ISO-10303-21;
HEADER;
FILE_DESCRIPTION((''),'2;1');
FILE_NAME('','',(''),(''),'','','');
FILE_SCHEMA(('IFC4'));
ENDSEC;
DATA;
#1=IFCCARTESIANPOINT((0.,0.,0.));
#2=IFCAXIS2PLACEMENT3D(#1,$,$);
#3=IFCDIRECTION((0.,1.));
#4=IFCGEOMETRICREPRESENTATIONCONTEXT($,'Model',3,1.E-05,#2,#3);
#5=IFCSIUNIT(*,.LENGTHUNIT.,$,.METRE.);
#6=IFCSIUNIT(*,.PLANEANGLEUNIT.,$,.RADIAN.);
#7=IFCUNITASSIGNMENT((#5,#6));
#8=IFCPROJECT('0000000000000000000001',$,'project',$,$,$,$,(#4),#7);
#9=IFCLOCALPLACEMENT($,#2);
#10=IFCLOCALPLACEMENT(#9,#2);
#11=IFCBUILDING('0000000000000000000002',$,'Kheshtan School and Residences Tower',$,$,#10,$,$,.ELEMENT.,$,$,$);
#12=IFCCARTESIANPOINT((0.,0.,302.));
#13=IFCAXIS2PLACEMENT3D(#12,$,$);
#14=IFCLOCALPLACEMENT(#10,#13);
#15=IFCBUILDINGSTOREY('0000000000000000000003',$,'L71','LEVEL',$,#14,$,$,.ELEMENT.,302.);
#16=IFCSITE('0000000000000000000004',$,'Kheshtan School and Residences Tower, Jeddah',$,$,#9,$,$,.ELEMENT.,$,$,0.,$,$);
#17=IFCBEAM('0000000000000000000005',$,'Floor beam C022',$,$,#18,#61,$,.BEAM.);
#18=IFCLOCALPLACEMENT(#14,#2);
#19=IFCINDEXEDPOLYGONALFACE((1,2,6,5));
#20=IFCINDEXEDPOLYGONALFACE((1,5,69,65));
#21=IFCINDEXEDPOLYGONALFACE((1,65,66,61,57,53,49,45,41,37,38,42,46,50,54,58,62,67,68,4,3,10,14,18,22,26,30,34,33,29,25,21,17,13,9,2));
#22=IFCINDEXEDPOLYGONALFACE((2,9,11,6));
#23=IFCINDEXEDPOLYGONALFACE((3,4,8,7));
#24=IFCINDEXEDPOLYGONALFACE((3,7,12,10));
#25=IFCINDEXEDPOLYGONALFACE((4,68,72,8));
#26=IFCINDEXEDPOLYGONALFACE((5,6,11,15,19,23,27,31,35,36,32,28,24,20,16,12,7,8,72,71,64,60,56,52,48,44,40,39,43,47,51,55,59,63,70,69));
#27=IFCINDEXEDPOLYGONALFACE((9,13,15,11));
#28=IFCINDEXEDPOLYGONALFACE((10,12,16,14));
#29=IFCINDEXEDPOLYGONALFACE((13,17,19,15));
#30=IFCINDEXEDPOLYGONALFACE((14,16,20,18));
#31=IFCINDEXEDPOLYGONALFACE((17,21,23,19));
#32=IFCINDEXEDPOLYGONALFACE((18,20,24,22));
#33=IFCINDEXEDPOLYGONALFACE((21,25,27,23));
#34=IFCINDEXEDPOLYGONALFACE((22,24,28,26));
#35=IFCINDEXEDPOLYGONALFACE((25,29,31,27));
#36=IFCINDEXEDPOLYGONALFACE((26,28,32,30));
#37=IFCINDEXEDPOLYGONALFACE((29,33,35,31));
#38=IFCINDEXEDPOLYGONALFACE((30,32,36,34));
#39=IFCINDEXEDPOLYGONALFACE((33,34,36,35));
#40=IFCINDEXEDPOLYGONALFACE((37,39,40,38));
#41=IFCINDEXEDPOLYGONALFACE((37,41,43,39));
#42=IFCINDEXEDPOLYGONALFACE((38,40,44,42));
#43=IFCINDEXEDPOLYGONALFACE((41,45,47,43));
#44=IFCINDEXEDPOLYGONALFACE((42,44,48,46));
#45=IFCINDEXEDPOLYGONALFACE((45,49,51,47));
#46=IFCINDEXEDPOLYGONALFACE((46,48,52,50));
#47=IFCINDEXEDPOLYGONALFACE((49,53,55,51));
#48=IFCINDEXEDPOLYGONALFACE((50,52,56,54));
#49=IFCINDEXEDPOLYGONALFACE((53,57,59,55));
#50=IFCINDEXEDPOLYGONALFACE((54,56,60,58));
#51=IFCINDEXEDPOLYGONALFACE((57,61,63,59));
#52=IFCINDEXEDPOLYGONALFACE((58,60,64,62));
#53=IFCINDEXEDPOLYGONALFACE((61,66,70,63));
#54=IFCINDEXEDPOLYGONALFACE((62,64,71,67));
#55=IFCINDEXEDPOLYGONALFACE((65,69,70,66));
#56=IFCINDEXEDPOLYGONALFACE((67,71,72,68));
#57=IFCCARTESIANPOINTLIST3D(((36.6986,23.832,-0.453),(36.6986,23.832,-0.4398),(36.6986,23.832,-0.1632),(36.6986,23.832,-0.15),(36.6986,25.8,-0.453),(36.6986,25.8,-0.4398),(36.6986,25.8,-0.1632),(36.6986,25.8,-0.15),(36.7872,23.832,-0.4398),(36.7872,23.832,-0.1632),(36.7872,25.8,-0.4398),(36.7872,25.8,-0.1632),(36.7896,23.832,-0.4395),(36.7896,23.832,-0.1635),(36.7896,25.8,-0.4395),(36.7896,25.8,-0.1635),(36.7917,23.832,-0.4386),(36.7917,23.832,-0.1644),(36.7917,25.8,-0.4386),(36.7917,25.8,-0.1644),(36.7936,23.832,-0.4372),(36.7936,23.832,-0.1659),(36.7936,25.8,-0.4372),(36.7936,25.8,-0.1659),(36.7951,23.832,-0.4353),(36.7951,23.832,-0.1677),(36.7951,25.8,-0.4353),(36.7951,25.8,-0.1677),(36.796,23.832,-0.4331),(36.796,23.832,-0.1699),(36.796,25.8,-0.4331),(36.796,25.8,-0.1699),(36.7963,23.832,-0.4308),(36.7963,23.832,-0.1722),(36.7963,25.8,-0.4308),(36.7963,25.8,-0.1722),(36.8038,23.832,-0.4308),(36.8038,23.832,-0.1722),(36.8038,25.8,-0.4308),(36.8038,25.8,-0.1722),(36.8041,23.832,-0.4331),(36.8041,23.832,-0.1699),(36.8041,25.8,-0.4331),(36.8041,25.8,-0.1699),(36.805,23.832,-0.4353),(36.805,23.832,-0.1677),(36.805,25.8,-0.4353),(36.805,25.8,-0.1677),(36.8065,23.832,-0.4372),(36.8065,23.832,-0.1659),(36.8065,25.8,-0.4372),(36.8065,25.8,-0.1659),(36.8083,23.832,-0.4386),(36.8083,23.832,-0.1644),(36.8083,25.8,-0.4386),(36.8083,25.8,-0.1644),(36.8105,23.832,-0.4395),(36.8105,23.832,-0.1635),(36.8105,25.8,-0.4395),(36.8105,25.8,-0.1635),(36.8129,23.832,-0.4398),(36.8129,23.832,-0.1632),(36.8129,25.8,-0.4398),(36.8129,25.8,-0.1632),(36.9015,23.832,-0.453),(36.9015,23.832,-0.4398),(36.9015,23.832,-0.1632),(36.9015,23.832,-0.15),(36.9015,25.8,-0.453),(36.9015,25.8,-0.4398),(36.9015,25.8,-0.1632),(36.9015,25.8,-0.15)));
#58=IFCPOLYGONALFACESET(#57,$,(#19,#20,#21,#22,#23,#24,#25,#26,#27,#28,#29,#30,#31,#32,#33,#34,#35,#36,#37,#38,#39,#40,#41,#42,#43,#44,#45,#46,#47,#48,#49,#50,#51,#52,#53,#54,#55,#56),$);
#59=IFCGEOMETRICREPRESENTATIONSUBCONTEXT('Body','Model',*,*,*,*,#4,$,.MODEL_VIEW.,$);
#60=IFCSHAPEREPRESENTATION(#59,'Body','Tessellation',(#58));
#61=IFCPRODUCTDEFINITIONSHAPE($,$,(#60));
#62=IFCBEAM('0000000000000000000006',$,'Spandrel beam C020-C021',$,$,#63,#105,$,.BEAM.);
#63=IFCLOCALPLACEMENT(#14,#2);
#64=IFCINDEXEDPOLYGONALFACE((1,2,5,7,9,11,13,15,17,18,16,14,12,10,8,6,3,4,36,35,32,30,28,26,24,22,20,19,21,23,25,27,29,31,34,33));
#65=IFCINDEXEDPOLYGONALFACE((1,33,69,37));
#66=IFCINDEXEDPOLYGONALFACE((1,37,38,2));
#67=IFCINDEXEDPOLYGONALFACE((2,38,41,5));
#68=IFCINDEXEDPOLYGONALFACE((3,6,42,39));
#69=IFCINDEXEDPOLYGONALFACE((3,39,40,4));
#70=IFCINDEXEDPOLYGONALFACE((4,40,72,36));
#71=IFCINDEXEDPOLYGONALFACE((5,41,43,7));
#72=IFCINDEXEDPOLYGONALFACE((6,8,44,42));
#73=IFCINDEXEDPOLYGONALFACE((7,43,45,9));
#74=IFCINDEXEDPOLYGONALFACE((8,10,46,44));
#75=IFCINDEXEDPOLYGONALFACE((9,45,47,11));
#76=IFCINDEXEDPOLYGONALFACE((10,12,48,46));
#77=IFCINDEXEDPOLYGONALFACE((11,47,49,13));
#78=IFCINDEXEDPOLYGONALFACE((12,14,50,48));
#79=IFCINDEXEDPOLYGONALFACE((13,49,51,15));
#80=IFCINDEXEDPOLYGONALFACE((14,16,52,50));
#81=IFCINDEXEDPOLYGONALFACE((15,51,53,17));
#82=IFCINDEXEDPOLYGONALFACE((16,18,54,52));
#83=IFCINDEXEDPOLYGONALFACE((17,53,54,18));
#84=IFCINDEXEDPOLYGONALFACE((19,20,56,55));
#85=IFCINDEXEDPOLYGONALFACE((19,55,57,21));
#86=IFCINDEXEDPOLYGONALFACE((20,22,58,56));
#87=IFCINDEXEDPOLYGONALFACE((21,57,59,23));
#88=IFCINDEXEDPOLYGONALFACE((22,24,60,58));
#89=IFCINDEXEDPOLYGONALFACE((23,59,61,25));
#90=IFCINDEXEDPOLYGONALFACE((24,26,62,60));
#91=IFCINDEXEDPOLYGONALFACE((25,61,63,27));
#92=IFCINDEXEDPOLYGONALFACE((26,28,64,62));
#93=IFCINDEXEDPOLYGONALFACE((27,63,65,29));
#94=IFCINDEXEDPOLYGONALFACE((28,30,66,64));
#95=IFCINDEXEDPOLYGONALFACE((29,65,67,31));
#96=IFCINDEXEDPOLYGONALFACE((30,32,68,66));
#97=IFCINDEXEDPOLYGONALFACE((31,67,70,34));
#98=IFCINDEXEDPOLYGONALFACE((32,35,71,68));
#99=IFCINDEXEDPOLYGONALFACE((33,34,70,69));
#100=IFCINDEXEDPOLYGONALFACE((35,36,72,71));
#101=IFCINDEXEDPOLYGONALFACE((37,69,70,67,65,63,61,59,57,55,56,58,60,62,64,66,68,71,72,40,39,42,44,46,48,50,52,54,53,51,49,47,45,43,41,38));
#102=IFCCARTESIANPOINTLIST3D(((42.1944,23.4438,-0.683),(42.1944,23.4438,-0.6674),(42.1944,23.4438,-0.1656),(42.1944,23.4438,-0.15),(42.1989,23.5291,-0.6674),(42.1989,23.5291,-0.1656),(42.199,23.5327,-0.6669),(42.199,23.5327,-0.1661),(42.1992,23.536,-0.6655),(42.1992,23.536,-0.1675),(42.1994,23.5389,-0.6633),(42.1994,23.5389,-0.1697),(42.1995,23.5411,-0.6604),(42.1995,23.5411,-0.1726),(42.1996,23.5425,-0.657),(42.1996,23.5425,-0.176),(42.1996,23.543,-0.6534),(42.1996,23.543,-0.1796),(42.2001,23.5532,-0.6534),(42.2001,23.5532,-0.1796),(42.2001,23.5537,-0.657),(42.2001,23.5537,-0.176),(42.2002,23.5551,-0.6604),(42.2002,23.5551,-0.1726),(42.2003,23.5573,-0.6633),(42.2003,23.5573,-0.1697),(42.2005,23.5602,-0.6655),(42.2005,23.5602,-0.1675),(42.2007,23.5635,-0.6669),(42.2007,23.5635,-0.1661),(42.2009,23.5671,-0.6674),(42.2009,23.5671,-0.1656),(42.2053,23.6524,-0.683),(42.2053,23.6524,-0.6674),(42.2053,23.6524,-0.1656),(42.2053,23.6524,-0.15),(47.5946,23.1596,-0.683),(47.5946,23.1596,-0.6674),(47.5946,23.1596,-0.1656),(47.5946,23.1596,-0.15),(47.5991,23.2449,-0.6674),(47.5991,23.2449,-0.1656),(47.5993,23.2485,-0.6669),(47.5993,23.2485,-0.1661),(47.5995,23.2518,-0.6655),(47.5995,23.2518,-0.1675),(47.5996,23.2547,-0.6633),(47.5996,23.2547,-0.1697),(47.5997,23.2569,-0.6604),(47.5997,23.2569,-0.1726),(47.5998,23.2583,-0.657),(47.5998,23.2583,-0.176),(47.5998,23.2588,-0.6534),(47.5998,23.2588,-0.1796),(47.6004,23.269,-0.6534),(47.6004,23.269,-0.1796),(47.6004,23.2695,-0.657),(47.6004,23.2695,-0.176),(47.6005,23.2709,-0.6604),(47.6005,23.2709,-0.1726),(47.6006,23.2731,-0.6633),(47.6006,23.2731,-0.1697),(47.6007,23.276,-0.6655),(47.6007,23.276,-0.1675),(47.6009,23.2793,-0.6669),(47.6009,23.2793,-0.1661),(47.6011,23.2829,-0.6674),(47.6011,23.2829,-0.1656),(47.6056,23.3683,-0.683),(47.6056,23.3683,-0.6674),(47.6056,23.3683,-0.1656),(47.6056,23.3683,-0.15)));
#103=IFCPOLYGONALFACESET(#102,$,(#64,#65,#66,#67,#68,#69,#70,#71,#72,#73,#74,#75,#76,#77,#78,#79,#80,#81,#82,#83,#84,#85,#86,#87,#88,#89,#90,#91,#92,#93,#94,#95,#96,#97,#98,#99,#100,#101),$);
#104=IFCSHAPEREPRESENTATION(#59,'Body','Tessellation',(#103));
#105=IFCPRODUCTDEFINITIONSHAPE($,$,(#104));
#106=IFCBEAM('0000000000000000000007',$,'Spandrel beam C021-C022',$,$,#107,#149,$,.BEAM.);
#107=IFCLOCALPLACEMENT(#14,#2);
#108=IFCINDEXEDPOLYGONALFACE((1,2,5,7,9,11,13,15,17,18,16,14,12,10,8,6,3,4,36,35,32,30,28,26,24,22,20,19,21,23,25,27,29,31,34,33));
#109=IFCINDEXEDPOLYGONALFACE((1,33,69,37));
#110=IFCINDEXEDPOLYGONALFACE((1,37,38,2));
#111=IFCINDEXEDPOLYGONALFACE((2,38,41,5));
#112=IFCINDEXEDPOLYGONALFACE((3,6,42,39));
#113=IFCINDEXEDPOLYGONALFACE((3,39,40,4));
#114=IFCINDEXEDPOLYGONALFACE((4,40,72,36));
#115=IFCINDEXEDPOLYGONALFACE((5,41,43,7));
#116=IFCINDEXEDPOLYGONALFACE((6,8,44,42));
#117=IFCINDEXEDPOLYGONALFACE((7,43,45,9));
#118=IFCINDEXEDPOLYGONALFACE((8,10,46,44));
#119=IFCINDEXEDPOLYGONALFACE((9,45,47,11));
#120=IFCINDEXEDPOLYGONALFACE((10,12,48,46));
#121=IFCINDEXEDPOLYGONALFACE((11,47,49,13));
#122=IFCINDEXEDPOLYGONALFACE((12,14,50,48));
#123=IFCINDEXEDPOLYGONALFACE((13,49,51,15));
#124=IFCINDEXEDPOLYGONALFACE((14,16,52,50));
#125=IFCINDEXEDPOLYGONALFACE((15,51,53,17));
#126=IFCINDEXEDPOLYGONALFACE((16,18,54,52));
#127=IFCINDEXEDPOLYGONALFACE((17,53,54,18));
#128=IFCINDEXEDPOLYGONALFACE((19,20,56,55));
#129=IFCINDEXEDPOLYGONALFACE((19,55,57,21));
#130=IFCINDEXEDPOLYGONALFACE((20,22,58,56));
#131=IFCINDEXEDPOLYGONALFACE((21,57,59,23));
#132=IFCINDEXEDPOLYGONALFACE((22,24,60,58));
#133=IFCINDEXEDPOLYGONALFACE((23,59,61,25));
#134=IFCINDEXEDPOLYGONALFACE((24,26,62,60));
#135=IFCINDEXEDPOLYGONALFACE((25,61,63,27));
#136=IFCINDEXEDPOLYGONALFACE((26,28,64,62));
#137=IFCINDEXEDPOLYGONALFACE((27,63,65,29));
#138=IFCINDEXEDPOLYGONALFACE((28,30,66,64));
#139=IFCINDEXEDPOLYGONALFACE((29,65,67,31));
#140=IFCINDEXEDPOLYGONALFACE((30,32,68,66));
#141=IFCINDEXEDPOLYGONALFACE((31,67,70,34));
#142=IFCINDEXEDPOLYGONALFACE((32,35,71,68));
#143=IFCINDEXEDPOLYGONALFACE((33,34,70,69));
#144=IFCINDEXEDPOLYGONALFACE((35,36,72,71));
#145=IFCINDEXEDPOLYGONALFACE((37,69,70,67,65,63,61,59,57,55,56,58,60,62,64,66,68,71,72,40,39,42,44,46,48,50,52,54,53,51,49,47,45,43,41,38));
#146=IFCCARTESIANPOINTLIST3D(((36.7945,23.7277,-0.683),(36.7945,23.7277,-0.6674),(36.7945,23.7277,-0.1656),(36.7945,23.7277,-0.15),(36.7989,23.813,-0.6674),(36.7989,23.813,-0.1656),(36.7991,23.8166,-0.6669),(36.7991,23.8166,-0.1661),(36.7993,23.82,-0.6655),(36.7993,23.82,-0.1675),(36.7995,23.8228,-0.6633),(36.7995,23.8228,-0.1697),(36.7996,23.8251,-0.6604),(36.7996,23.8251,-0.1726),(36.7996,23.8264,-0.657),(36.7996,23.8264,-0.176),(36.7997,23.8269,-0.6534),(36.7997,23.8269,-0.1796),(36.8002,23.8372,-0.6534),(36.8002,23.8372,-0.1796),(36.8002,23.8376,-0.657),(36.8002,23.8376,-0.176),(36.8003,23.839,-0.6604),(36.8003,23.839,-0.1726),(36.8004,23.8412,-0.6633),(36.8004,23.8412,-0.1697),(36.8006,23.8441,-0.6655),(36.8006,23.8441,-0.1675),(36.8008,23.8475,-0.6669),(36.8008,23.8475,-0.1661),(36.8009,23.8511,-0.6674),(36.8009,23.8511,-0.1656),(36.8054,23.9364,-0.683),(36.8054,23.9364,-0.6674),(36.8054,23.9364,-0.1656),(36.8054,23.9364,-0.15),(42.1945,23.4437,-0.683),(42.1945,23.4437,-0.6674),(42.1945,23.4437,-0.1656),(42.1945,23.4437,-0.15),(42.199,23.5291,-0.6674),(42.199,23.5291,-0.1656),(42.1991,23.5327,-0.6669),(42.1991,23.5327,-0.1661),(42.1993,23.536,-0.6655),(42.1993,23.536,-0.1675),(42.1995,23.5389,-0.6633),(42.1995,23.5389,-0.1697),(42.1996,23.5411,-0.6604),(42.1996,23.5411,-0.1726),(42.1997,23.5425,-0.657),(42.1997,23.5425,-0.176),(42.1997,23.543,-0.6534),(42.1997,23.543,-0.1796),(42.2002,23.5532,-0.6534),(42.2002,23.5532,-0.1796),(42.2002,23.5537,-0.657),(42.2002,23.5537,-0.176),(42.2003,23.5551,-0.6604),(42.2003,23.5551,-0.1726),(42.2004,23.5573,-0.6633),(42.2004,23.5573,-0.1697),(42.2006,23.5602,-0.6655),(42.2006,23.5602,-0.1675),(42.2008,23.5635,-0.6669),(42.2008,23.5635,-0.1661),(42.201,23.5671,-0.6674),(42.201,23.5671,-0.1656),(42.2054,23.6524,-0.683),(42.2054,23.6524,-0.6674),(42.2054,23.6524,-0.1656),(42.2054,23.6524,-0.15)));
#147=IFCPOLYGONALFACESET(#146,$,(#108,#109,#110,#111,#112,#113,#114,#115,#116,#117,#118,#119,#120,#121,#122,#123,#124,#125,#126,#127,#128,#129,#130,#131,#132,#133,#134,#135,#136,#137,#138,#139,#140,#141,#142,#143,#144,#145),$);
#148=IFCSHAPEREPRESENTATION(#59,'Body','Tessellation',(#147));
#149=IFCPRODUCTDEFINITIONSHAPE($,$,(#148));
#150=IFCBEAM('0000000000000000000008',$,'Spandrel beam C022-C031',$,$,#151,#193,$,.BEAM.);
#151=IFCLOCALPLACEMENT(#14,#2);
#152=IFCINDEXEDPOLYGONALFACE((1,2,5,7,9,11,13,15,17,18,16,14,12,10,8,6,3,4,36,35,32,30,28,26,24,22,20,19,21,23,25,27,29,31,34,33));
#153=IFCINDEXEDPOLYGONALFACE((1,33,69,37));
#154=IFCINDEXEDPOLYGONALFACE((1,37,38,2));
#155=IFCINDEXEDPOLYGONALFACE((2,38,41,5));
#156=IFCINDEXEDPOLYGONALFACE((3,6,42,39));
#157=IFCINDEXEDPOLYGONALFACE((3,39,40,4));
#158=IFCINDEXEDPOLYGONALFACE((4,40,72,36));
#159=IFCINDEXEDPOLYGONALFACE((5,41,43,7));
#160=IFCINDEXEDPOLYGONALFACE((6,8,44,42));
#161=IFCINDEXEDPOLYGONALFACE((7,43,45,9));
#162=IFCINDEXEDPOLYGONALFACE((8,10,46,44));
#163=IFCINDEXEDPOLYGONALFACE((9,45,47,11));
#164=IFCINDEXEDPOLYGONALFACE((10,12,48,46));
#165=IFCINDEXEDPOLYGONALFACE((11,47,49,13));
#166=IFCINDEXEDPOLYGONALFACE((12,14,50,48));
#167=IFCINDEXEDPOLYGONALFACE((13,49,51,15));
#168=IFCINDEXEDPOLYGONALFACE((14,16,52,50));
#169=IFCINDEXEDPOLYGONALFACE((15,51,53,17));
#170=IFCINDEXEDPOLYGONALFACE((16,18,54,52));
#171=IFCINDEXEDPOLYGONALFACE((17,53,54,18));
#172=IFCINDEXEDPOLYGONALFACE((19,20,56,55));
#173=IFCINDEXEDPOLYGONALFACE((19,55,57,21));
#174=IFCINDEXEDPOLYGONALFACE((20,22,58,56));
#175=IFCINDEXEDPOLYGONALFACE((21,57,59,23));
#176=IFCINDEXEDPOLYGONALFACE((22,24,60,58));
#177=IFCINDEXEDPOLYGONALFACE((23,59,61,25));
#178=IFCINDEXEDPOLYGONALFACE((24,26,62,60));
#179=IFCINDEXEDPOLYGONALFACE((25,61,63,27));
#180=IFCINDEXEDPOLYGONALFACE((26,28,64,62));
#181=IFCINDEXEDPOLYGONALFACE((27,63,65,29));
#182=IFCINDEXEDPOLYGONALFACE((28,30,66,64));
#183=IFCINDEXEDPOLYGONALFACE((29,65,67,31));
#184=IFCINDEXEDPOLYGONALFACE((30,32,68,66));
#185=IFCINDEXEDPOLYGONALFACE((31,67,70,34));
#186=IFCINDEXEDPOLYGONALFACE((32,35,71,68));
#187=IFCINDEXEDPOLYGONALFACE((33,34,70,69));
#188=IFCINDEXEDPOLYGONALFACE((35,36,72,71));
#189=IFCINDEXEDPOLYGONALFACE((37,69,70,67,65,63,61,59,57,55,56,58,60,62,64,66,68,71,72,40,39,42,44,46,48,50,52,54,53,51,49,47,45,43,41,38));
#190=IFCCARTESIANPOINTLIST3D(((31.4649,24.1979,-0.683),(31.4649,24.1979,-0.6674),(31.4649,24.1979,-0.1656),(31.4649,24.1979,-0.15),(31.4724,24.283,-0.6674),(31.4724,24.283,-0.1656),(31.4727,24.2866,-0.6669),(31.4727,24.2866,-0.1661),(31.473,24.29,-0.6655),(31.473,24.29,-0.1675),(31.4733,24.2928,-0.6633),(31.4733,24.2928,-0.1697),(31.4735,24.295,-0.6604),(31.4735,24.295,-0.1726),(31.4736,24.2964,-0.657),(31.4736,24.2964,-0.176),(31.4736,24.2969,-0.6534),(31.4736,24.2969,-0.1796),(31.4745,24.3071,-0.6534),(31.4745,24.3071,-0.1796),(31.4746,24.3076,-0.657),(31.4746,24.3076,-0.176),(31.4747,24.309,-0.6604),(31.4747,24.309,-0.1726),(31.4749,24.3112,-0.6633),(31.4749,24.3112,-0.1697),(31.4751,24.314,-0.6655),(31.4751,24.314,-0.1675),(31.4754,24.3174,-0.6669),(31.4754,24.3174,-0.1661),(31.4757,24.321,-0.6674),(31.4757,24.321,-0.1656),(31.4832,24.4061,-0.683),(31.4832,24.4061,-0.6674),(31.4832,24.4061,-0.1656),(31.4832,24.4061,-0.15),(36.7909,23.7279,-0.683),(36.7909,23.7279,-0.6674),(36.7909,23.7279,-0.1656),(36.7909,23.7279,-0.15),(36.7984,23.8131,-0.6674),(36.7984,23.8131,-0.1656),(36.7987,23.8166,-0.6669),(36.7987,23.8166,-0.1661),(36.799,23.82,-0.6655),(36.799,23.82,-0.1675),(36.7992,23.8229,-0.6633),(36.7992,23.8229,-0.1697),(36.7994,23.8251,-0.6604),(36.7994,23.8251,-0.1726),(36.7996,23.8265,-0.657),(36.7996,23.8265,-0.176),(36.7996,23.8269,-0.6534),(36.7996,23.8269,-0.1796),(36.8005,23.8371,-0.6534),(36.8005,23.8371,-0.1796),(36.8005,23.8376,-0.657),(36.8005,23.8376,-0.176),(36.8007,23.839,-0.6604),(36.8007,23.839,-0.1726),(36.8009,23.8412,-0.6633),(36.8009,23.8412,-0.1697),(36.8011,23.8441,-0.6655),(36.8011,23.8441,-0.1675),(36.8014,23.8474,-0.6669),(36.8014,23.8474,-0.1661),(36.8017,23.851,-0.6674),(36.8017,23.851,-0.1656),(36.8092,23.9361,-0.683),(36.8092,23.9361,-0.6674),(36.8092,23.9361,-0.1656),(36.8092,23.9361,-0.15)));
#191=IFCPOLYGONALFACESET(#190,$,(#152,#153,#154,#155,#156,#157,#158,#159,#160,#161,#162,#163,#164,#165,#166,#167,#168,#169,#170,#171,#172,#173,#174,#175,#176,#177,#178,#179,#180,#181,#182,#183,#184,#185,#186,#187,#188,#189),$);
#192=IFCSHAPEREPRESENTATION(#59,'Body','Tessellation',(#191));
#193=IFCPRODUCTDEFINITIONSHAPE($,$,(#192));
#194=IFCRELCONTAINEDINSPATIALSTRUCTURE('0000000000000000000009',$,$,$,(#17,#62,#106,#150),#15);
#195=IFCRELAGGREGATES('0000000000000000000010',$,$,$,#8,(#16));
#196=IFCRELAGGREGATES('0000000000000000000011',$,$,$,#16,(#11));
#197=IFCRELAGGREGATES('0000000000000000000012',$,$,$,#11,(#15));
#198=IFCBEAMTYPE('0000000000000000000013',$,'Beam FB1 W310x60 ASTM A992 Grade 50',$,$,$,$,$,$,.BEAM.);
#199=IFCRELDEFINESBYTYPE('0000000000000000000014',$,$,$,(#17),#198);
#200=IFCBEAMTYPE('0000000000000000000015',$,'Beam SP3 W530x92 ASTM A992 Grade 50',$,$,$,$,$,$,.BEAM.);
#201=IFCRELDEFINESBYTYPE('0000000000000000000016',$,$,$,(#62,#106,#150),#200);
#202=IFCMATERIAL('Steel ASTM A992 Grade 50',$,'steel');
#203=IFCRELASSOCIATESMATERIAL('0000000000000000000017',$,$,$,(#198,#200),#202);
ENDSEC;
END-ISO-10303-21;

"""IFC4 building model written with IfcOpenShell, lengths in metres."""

from ifc_helpers import new_model, si_unit, direction, frame, origin, origin_2d, place, context, subcontext, project, spatial, i_section, extrude, material, material_profile, profile_set, type_object, element, save


model = new_model("IFC4")

# Units and contexts
model_context = context("Model", 3, precision=1e-05, world=origin(), true_north=direction((0.0, 1.0)))
body_context = subcontext(model_context, "Body", "Model", "MODEL_VIEW")
ifc_project = project(units=[si_unit("LENGTHUNIT", "METRE"), si_unit("PLANEANGLEUNIT", "RADIAN")], contexts=[model_context])

# Site, building, storey
site_placement = place(None, origin())
site = spatial("IfcSite", under=ifc_project, at=site_placement, Name="Kheshtan School and Residences Tower, Jeddah", CompositionType="ELEMENT", RefElevation=0.0)
building_placement = place(site_placement, origin())
building = spatial("IfcBuilding", under=site, at=building_placement, Name="Kheshtan School and Residences Tower", CompositionType="ELEMENT")
storey_placement = place(building_placement, frame((0.0, 0.0, 302.0)))
storey = spatial("IfcBuildingStorey", under=building, at=storey_placement, Name="L71", Description="LEVEL", CompositionType="ELEMENT", Elevation=302.0)

# Shared definitions
ifc_material_1 = material(Name="Steel ASTM A992 Grade 50", Category="steel")

# Beams
ifc_material_profile_1 = material_profile(ifc_material_1, i_section(OverallWidth=0.2029, OverallDepth=0.303, WebThickness=0.0076, FlangeThickness=0.0132, FilletRadius=0.009, at=origin_2d()), Name="W310x60")
ifc_profile_set_1 = profile_set([ifc_material_profile_1], Name="Steel ASTM A992 Grade 50")
beam_type_1 = type_object("IfcBeamType", Name="Beam FB1 W310x60 ASTM A992 Grade 50", PredefinedType="BEAM", material=ifc_profile_set_1)
beam_1_placement = place(storey_placement, frame((36.8, 23.832, -0.3015), z_axis=(0.0, 1.0, 0.0), x_axis=(-1.0, 0.0, 0.0)))
element("IfcBeam", 1, at=beam_1_placement, inside=storey, type_object=beam_type_1, Name="Floor beam C022", PredefinedType="BEAM", context=body_context, shape_type="SweptSolid", body=[
    extrude(i_section(OverallWidth=0.2029, OverallDepth=0.303, WebThickness=0.0076, FlangeThickness=0.0132, FilletRadius=0.009, at=origin_2d()), origin(), (0.0, 0.0, 1.0), 1.968),
])
ifc_material_profile_2 = material_profile(ifc_material_1, i_section(OverallWidth=0.209, OverallDepth=0.533, WebThickness=0.0103, FlangeThickness=0.0156, FilletRadius=0.0139, at=origin_2d()), Name="W530x92")
ifc_profile_set_2 = profile_set([ifc_material_profile_2], Name="Steel ASTM A992 Grade 50")
beam_type_2 = type_object("IfcBeamType", Name="Beam SP3 W530x92 ASTM A992 Grade 50", PredefinedType="BEAM", material=ifc_profile_set_2)
beam_2_placement = place(storey_placement, frame((47.6001, 23.2639, -0.4165), z_axis=(-0.998618, 0.052552, 0.0), x_axis=(-0.052552, -0.998618, 0.0)))
element("IfcBeam", 2, at=beam_2_placement, inside=storey, type_object=beam_type_2, Name="Spandrel beam C020-C021", PredefinedType="BEAM", context=body_context, shape_type="SweptSolid", body=[
    extrude(i_section(OverallWidth=0.209, OverallDepth=0.533, WebThickness=0.0103, FlangeThickness=0.0156, FilletRadius=0.0139, at=origin_2d()), origin(), (0.0, 0.0, 1.0), 5.4077),
])
beam_3_placement = place(storey_placement, frame((42.2, 23.5481, -0.4165), z_axis=(-0.99862, 0.052509, 0.0), x_axis=(-0.052509, -0.99862, 0.0)))
element("IfcBeam", 3, at=beam_3_placement, inside=storey, type_object=beam_type_2, Name="Spandrel beam C021-C022", PredefinedType="BEAM", context=body_context, shape_type="SweptSolid", body=[
    extrude(i_section(OverallWidth=0.209, OverallDepth=0.533, WebThickness=0.0103, FlangeThickness=0.0156, FilletRadius=0.0139, at=origin_2d()), origin(), (0.0, 0.0, 1.0), 5.4075),
])
beam_4_placement = place(storey_placement, frame((36.8, 23.832, -0.4165), z_axis=(-0.996129, 0.0879, 0.0), x_axis=(-0.0879, -0.996129, 0.0)))
element("IfcBeam", 4, at=beam_4_placement, inside=storey, type_object=beam_type_2, Name="Spandrel beam C022-C031", PredefinedType="BEAM", context=body_context, shape_type="SweptSolid", body=[
    extrude(i_section(OverallWidth=0.209, OverallDepth=0.533, WebThickness=0.0103, FlangeThickness=0.0156, FilletRadius=0.0139, at=origin_2d()), origin(), (0.0, 0.0, 1.0), 5.3467),
])

save(model, "model.ifc")
